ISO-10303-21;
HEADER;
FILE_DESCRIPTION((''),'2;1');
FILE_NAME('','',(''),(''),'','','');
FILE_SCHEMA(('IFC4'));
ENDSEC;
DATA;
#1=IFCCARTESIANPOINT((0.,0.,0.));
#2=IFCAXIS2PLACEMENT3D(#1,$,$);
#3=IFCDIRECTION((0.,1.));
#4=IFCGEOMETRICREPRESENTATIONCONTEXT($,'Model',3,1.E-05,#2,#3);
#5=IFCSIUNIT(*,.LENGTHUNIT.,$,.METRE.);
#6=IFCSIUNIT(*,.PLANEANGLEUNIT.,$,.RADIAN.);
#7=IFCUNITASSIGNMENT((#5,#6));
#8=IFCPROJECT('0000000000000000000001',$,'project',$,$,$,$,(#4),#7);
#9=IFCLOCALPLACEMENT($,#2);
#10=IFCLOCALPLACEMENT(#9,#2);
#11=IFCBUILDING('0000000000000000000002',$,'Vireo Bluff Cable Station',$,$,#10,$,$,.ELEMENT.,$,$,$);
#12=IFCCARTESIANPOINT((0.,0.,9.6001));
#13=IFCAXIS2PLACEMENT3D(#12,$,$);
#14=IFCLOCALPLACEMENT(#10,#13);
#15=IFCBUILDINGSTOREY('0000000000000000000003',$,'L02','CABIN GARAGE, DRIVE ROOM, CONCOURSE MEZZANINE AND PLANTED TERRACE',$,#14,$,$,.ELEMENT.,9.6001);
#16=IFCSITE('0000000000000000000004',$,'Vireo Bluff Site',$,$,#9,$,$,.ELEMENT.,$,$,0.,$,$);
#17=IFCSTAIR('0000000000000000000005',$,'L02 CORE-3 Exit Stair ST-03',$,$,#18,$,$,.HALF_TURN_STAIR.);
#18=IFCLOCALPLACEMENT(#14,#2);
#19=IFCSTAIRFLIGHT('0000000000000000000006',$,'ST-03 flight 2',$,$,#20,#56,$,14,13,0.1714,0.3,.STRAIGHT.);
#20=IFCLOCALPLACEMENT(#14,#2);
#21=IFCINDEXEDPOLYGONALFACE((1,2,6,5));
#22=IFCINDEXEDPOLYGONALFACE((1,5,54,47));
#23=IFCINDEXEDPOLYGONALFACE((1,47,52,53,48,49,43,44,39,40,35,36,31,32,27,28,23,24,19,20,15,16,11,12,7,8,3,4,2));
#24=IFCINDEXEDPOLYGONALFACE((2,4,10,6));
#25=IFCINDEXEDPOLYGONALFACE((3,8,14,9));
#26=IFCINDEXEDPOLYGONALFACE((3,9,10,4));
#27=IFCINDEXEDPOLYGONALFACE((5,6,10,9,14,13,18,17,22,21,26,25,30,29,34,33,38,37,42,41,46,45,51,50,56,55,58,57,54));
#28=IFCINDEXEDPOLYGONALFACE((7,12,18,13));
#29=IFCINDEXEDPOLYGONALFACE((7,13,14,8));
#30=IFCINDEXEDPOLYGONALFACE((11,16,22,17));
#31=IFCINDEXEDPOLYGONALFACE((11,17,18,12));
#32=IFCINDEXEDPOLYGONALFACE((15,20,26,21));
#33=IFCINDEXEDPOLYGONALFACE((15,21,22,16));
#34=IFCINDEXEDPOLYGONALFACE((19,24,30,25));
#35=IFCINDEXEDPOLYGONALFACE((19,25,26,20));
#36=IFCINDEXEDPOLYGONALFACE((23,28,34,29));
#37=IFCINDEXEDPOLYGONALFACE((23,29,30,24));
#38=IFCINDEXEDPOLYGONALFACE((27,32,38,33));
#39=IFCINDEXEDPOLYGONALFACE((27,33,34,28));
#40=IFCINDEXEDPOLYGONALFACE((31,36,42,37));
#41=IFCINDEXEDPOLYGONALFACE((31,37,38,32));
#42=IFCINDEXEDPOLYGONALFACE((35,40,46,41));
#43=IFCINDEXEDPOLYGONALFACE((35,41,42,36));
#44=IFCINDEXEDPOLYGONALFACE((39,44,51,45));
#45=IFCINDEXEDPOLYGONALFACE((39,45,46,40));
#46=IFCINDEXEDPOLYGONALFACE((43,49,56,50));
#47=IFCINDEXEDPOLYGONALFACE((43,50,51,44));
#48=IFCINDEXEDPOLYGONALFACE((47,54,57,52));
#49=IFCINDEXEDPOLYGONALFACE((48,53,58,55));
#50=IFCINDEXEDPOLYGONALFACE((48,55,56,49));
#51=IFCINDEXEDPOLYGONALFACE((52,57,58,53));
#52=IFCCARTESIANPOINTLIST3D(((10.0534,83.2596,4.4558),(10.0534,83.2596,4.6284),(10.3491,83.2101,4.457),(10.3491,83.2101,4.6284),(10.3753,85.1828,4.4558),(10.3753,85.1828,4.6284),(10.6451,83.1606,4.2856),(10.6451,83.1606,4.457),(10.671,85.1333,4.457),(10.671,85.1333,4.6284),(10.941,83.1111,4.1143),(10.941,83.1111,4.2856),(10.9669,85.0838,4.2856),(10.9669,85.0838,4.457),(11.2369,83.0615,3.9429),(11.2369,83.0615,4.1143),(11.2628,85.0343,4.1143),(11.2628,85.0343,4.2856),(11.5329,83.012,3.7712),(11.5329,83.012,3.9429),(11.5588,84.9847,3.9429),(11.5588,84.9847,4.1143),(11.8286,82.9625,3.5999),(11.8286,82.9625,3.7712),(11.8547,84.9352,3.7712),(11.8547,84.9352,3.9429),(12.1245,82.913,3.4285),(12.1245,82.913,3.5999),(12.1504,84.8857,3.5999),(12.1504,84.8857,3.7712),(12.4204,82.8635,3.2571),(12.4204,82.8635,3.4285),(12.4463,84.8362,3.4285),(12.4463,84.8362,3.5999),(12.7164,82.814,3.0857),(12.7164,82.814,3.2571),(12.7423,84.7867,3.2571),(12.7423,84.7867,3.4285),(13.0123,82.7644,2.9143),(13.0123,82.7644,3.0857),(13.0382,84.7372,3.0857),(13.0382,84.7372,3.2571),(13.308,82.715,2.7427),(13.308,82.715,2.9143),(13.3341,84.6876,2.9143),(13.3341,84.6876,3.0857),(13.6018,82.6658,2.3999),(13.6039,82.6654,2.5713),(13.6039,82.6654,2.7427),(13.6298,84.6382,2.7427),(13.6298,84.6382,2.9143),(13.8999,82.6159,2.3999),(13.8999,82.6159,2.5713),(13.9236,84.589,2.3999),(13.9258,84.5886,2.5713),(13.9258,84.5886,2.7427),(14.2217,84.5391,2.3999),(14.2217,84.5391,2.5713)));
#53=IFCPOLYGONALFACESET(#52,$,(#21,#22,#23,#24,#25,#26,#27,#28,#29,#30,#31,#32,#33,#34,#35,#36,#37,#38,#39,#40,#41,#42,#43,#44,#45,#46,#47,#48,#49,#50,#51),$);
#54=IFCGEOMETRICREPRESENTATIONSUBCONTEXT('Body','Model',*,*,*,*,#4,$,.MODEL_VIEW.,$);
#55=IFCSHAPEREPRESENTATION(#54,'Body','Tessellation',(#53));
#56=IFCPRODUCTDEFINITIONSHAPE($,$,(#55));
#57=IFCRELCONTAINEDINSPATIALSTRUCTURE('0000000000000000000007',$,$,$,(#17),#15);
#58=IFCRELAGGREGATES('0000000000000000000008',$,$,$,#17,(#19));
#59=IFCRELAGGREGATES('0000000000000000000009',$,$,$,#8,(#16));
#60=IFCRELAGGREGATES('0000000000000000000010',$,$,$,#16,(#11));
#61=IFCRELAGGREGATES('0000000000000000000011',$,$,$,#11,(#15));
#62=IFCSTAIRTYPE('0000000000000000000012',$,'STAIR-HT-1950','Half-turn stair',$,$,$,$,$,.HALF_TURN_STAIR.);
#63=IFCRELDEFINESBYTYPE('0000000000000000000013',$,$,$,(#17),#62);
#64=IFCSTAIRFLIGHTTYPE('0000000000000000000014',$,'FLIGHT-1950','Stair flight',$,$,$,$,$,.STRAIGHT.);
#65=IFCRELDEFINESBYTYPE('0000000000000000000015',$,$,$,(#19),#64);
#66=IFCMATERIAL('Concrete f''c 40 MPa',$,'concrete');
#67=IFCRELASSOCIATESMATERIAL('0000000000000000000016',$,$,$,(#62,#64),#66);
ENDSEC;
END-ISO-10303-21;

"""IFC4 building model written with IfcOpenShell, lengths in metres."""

from ifc_helpers import new_model, si_unit, direction, frame, origin, place, context, subcontext, project, spatial, polyline, outline, extrude, material, type_object, element, aggregate, save


model = new_model("IFC4")

# Units and contexts
model_context = context("Model", 3, precision=1e-05, world=origin(), true_north=direction((0.0, 1.0)))
body_context = subcontext(model_context, "Body", "Model", "MODEL_VIEW")
ifc_project = project(units=[si_unit("LENGTHUNIT", "METRE"), si_unit("PLANEANGLEUNIT", "RADIAN")], contexts=[model_context])

# Site, building, storey
site_placement = place(None, origin())
site = spatial("IfcSite", under=ifc_project, at=site_placement, Name="Vireo Bluff Site", CompositionType="ELEMENT", RefElevation=0.0)
building_placement = place(site_placement, origin())
building = spatial("IfcBuilding", under=site, at=building_placement, Name="Vireo Bluff Cable Station", CompositionType="ELEMENT")
storey_placement = place(building_placement, frame((0.0, 0.0, 9.6001)))
storey = spatial("IfcBuildingStorey", under=building, at=storey_placement, Name="L02", Description="CABIN GARAGE, DRIVE ROOM, CONCOURSE MEZZANINE AND PLANTED TERRACE", CompositionType="ELEMENT", Elevation=9.6001)

# Shared definitions
ifc_material_1 = material(Name="Concrete f'c 40 MPa", Category="concrete")

# Stair, stair flight
stair_type = type_object("IfcStairType", Name="STAIR-HT-1950", Description="Half-turn stair", PredefinedType="HALF_TURN_STAIR", material=ifc_material_1)
stair_placement = place(storey_placement, origin())
stair = element("IfcStair", 1, at=stair_placement, inside=storey, type_object=stair_type, Name="L02 CORE-3 Exit Stair ST-03", PredefinedType="HALF_TURN_STAIR")
stair_flight_type = type_object("IfcStairFlightType", Name="FLIGHT-1950", Description="Stair flight", PredefinedType="STRAIGHT", material=ifc_material_1)
stair_flight_1_placement = place(storey_placement, frame((14.0608, 83.5776, 2.3999), z_axis=(0.0, 0.0, 1.0), x_axis=(-0.986286, 0.165048, 0.0)))
stair_flight_1 = element("IfcStairFlight", 2, at=stair_flight_1_placement, type_object=stair_flight_type, Name="ST-03 flight 2", NumberOfRisers=14, NumberOfTreads=13, PredefinedType="STRAIGHT", RiserHeight=0.1714, TreadLength=0.3, context=body_context, shape_type="SweptSolid", body=[
    extrude(outline(polyline([(0.0, 0.0), (0.0, 0.1714), (0.3, 0.1714), (0.3, 0.3428), (0.6001, 0.3428), (0.6001, 0.5144), (0.8999, 0.5144), (0.8999, 0.6858), (1.2, 0.6858), (1.2, 0.8572), (1.5, 0.8572), (1.5, 1.0286), (1.8, 1.0286), (1.8, 1.2), (2.1001, 1.2), (2.1001, 1.3713), (2.3999, 1.3713), (2.3999, 1.543), (2.7, 1.543), (2.7, 1.7144), (3.0, 1.7144), (3.0, 1.8857), (3.3, 1.8857), (3.3, 2.0571), (3.6001, 2.0571), (3.6001, 2.2285), (3.8999, 2.2285), (3.8999, 2.3999), (3.8999, 2.0559), (0.3022, 0.0), (0.0, 0.0)])), frame((0.0, 0.9751, 0.0), z_axis=(0.0, -1.0, 0.0), x_axis=(1.0, 0.0, 0.0)), (0.0, 0.0, 1.0), 1.95),
])
aggregate(stair, [stair_flight_1])

save(model, "model.ifc")
